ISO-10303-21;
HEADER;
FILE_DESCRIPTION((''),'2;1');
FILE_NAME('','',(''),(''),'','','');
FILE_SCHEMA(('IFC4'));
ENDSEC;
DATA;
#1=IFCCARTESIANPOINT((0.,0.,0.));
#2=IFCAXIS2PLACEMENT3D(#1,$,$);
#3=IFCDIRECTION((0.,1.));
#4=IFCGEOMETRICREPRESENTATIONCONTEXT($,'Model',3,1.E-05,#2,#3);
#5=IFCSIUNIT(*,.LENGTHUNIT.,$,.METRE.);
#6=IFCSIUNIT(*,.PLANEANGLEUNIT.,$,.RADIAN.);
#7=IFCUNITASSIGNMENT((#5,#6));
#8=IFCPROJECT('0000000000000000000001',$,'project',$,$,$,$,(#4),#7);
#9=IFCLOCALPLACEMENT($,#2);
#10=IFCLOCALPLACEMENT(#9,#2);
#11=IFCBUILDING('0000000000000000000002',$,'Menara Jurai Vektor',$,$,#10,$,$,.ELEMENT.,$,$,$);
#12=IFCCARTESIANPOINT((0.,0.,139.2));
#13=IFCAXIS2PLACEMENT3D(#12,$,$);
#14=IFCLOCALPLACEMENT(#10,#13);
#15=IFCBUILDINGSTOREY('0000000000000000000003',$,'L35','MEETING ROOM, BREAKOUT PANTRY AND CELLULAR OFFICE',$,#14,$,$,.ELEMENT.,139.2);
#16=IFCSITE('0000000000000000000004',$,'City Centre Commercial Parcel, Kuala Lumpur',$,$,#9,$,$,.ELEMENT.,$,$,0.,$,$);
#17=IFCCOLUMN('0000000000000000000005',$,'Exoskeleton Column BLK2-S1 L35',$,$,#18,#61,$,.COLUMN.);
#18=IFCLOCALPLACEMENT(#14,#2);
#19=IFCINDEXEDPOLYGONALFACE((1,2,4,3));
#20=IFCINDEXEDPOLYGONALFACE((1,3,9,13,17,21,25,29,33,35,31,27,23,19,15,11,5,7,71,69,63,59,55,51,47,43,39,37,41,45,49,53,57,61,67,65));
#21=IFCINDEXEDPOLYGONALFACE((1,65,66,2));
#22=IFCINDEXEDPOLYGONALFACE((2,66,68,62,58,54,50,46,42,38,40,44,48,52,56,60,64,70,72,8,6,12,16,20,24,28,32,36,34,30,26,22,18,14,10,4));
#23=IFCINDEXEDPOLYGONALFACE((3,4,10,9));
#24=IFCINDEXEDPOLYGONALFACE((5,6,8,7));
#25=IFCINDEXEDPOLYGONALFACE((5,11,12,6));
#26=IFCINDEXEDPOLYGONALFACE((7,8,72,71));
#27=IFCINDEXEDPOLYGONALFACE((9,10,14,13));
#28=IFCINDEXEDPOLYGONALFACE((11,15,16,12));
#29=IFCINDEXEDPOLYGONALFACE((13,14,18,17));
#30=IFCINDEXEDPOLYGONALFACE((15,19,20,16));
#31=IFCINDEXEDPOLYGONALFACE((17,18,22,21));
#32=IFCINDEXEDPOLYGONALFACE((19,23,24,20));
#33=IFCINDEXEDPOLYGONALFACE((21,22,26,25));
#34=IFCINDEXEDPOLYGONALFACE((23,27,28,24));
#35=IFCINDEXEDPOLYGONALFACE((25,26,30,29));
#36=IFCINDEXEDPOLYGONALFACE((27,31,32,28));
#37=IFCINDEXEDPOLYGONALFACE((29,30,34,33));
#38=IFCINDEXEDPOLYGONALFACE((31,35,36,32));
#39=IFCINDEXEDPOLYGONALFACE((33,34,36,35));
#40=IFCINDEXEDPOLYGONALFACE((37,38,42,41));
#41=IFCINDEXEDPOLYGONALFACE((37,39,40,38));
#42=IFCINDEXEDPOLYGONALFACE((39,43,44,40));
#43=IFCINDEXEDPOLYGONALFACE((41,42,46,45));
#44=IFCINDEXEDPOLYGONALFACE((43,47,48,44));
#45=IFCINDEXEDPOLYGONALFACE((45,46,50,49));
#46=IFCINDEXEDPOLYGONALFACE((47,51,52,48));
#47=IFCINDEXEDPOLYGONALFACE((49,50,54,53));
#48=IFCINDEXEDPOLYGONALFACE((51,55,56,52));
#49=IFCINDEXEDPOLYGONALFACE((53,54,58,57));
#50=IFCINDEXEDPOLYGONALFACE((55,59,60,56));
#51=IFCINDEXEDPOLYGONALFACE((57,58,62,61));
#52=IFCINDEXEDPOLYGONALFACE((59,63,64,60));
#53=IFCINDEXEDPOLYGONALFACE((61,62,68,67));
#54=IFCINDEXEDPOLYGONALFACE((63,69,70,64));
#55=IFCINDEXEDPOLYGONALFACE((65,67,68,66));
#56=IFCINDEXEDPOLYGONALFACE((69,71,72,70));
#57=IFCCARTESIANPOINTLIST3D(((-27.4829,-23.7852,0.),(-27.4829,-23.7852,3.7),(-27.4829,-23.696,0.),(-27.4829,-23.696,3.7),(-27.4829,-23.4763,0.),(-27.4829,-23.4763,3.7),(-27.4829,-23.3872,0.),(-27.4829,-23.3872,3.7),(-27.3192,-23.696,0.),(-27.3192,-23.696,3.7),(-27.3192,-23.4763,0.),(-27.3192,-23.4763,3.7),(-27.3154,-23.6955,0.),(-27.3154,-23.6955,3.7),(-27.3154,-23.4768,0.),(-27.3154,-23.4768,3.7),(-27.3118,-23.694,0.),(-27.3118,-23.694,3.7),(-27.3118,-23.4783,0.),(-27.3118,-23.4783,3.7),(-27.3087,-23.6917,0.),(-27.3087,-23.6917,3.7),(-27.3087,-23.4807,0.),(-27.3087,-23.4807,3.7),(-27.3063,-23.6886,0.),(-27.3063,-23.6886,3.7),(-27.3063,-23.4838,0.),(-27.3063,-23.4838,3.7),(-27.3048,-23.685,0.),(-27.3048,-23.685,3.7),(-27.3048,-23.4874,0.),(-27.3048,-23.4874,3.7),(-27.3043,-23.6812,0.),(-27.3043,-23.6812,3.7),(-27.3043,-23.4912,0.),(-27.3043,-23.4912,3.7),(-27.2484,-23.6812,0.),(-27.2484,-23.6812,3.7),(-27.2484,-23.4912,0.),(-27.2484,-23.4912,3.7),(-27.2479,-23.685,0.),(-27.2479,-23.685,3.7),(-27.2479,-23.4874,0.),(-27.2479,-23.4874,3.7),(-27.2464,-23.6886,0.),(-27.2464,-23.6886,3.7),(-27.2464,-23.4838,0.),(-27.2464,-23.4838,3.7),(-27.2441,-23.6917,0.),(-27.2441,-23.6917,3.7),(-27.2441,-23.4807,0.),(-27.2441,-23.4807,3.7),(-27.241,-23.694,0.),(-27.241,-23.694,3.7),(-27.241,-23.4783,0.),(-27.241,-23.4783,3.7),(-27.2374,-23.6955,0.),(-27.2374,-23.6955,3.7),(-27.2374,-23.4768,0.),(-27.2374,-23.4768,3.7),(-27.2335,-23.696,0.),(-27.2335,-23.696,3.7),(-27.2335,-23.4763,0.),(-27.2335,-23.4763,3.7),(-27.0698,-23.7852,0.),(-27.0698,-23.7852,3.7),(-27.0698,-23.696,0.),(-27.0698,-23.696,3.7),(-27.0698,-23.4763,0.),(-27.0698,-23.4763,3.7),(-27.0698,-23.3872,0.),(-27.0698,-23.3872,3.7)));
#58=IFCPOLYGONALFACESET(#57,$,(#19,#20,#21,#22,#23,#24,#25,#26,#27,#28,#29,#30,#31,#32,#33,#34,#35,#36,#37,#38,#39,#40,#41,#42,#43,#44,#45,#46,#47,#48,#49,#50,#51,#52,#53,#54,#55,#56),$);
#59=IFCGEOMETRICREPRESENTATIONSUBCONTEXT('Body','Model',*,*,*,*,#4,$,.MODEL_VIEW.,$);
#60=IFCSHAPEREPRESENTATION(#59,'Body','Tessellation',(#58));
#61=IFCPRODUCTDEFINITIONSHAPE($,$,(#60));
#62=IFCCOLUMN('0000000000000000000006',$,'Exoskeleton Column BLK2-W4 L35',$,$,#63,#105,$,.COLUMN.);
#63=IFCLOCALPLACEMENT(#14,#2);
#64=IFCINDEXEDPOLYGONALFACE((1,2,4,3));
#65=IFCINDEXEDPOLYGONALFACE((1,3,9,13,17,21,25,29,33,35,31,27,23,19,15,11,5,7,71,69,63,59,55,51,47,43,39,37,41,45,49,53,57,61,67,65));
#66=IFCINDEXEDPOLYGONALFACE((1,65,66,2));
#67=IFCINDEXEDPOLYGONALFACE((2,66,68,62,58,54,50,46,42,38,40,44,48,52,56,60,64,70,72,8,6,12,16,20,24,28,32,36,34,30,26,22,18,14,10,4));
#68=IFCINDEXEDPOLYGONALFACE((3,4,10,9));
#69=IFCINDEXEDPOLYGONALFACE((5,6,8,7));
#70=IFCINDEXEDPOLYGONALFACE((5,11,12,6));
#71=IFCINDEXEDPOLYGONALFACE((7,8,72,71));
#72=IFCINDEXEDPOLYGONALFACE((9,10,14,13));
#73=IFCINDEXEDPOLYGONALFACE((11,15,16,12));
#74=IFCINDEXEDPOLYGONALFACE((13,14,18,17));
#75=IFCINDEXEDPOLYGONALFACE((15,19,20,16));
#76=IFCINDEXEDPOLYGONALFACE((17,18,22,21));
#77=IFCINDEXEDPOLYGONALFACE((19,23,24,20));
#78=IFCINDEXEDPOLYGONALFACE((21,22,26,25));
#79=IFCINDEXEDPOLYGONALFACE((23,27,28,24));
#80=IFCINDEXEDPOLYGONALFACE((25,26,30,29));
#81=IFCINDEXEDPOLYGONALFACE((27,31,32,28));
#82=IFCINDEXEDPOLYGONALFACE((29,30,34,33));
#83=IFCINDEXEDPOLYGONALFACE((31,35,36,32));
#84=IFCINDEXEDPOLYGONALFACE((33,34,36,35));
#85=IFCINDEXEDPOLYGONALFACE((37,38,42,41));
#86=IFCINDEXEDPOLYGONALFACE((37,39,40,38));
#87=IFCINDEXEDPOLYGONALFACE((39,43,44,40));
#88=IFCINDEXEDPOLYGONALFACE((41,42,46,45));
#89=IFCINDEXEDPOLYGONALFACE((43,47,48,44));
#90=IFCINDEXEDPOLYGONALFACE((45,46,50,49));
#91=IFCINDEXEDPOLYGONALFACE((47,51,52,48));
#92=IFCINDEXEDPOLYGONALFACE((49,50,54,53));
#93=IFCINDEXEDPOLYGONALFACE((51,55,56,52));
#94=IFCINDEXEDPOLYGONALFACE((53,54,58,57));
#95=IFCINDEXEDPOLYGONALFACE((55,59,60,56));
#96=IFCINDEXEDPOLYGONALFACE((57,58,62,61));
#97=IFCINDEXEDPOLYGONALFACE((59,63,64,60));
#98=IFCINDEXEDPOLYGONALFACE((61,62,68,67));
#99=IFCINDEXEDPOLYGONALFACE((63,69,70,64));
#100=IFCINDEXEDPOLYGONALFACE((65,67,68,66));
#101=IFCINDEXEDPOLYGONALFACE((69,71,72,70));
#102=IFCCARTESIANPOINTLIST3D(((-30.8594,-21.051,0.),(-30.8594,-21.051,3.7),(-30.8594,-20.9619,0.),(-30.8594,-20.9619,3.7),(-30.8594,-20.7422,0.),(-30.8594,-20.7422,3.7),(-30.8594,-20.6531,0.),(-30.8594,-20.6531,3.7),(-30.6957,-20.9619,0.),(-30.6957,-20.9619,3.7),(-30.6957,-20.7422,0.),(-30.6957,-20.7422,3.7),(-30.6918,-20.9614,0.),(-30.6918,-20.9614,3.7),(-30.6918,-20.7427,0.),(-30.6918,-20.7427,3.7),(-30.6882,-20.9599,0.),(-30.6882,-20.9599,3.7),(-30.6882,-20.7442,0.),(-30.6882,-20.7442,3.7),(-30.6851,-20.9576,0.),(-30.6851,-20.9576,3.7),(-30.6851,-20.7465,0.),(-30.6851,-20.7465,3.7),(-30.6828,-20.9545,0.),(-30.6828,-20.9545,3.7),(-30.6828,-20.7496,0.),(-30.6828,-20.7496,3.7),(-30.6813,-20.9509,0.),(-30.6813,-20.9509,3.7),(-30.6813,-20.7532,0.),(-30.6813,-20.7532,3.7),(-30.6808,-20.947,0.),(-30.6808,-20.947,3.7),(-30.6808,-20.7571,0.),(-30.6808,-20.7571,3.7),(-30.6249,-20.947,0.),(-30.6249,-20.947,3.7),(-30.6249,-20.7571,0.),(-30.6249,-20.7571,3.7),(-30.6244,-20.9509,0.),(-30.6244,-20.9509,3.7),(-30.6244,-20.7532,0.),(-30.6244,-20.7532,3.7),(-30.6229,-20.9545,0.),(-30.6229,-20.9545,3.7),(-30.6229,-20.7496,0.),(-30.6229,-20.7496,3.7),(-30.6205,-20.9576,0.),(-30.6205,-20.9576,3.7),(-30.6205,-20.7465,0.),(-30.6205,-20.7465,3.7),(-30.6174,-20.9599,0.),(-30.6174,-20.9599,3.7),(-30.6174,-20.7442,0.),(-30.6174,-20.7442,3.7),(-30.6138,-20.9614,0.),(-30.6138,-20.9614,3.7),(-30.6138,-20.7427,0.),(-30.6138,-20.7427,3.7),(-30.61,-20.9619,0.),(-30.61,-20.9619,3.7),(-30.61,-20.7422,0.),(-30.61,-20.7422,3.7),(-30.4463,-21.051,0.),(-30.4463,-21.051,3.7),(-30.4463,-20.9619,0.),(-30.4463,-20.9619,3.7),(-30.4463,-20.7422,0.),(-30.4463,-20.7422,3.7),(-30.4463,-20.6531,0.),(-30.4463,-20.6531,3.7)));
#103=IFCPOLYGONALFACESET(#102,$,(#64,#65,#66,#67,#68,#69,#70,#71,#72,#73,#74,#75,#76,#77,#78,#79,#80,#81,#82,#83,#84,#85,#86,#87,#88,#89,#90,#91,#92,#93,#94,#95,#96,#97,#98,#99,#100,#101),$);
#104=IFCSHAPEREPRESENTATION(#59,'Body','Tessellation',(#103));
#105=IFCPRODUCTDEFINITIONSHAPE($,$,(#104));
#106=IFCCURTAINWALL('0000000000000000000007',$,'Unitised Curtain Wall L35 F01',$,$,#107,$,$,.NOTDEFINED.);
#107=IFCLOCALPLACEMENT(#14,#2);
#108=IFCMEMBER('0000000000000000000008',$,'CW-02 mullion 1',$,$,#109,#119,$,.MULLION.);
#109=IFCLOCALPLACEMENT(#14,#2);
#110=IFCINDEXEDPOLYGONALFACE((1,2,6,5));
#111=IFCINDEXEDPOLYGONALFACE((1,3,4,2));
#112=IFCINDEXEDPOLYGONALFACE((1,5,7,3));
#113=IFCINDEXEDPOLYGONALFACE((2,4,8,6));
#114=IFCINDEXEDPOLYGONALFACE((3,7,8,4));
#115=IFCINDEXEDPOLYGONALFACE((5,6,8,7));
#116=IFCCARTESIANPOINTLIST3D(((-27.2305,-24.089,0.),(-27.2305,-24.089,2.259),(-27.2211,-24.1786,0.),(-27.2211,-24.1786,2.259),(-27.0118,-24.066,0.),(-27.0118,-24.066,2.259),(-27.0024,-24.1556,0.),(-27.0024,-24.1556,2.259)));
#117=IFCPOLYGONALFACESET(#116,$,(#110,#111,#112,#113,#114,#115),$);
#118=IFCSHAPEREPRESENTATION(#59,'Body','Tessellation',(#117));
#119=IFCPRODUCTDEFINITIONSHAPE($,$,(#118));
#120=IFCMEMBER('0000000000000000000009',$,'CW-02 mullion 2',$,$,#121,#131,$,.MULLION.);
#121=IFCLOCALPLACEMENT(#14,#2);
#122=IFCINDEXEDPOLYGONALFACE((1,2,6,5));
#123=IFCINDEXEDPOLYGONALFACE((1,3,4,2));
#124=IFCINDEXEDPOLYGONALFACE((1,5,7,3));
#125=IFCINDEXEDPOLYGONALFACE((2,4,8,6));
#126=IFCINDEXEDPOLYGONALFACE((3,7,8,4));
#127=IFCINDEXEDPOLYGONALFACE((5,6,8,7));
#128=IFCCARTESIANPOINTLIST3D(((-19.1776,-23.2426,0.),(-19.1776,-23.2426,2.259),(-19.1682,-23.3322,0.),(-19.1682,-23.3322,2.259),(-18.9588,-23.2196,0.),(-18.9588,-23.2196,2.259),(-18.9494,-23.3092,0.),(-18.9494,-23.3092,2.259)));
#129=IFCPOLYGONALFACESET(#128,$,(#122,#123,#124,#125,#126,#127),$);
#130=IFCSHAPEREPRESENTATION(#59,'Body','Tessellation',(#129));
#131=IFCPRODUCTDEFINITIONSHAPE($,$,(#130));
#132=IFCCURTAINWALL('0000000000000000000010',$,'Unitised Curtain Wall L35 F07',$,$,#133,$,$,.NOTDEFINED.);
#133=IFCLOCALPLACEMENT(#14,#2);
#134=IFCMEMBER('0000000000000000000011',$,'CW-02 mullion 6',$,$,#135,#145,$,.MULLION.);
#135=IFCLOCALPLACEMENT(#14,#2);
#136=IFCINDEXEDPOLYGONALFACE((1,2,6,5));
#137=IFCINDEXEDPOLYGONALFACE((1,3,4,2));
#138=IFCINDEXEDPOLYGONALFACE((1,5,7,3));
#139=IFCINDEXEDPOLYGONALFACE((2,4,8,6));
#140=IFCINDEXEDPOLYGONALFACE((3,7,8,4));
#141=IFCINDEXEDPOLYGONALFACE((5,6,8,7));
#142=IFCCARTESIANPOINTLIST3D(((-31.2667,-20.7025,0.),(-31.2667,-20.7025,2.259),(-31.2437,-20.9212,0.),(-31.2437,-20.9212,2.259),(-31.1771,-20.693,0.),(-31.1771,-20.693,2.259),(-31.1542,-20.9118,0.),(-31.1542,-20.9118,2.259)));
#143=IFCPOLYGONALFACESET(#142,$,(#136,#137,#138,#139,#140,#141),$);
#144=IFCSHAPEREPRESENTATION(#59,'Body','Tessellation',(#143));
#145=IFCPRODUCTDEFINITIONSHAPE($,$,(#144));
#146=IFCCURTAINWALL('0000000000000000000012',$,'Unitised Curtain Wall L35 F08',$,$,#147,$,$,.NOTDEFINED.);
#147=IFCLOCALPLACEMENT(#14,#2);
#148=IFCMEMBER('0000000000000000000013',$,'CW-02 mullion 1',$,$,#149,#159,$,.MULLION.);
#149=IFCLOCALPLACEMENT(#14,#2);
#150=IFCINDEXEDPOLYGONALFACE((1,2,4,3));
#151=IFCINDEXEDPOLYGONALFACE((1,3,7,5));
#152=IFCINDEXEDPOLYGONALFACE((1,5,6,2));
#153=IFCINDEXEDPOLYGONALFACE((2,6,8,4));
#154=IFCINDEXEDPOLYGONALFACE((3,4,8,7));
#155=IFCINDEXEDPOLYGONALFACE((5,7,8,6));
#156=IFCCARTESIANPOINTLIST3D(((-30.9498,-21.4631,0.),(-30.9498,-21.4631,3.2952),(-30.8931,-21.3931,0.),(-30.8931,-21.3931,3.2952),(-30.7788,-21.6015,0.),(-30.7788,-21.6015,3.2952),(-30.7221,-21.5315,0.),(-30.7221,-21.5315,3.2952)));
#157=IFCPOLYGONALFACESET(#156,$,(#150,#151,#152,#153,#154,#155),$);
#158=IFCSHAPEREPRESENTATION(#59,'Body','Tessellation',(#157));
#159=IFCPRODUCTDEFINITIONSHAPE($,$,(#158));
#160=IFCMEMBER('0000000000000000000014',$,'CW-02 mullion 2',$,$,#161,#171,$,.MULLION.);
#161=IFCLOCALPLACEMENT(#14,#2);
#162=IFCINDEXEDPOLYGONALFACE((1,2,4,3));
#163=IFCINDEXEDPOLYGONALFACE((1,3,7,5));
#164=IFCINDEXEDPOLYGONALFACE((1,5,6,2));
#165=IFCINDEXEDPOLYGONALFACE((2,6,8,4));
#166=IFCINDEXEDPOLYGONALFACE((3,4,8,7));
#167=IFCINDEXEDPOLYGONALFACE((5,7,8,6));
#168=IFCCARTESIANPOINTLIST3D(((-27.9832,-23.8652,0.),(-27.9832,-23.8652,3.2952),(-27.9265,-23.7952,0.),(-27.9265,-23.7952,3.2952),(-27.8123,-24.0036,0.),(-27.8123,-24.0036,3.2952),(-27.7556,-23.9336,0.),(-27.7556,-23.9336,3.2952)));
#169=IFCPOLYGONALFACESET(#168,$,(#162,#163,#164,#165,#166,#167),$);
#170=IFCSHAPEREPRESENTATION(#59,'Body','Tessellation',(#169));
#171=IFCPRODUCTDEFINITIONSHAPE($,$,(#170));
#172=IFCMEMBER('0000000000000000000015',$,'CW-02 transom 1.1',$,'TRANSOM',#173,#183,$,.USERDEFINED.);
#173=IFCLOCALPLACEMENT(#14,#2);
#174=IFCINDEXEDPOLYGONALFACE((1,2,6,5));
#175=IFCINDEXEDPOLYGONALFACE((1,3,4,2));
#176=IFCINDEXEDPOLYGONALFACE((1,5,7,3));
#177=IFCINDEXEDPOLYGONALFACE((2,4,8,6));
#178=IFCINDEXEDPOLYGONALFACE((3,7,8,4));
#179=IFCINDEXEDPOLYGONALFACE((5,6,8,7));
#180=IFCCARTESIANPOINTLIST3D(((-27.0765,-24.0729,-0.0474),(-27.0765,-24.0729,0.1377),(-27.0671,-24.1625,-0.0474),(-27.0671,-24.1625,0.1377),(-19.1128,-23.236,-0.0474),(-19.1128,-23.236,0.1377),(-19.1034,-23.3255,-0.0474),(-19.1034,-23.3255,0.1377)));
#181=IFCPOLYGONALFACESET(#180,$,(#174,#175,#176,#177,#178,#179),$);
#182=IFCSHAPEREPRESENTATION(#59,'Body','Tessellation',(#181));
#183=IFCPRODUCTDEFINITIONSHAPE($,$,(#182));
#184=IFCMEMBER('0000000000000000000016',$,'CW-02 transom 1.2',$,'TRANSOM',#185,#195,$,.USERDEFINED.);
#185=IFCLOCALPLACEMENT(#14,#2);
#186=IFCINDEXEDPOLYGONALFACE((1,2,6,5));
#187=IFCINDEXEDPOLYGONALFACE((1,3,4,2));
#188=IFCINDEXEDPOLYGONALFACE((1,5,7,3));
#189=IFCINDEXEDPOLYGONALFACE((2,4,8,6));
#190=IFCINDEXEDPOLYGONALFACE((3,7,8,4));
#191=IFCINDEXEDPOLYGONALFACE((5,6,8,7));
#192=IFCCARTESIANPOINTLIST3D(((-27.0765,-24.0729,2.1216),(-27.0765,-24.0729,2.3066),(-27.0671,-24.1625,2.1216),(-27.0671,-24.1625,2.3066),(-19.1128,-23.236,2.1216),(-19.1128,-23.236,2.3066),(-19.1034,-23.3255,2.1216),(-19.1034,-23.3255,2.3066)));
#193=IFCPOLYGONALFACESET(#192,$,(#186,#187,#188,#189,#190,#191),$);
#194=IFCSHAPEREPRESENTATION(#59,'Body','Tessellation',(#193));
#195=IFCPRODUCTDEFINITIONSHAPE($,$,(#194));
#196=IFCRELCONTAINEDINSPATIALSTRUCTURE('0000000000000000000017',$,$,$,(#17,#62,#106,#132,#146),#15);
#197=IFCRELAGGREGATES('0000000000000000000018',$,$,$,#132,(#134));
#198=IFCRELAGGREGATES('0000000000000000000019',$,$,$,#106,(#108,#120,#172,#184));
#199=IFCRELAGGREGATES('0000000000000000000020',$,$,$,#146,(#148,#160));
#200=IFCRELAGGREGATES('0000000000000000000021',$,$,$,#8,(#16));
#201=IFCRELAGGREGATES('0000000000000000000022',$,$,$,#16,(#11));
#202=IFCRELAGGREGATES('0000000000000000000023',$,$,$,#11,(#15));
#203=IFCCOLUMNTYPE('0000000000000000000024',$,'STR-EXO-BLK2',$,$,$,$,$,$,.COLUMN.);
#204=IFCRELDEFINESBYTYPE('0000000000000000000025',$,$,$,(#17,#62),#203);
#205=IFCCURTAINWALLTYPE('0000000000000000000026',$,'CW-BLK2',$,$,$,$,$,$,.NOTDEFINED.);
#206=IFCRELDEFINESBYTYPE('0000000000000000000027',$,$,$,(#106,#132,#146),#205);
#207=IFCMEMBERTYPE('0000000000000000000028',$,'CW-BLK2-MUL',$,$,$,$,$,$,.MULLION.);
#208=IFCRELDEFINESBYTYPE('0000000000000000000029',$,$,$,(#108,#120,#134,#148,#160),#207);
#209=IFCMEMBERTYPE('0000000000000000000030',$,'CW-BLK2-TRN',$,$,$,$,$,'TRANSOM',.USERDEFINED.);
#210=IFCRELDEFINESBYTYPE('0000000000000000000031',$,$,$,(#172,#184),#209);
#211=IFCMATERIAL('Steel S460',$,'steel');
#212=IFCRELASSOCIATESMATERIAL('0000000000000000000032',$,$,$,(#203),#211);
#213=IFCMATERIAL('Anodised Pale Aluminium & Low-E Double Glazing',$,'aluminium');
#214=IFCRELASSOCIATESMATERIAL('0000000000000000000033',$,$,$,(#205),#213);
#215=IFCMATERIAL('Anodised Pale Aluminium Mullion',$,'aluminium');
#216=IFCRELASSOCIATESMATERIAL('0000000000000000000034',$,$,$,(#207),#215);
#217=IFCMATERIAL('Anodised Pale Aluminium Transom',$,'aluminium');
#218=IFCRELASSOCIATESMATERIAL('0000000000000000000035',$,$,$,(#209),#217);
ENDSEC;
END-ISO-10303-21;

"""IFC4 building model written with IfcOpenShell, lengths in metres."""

from ifc_helpers import new_model, si_unit, direction, frame, origin, origin_2d, place, context, subcontext, project, spatial, rectangle, i_section, extrude, material, material_profile, profile_set, type_object, element, aggregate, save


model = new_model("IFC4")

# Units and contexts
model_context = context("Model", 3, precision=1e-05, world=origin(), true_north=direction((0.0, 1.0)))
body_context = subcontext(model_context, "Body", "Model", "MODEL_VIEW")
ifc_project = project(units=[si_unit("LENGTHUNIT", "METRE"), si_unit("PLANEANGLEUNIT", "RADIAN")], contexts=[model_context])

# Site, building, storey
site_placement = place(None, origin())
site = spatial("IfcSite", under=ifc_project, at=site_placement, Name="City Centre Commercial Parcel, Kuala Lumpur", CompositionType="ELEMENT", RefElevation=0.0)
building_placement = place(site_placement, origin())
building = spatial("IfcBuilding", under=site, at=building_placement, Name="Menara Jurai Vektor", CompositionType="ELEMENT")
storey_placement = place(building_placement, frame((0.0, 0.0, 139.2)))
storey = spatial("IfcBuildingStorey", under=building, at=storey_placement, Name="L35", Description="MEETING ROOM, BREAKOUT PANTRY AND CELLULAR OFFICE", CompositionType="ELEMENT", Elevation=139.2)

# Columns
ifc_material_1 = material(Name="Steel S460", Category="steel")
ifc_material_profile_1 = material_profile(ifc_material_1, i_section(OverallWidth=0.4131, OverallDepth=0.3979, WebThickness=0.0559, FlangeThickness=0.0891, FilletRadius=0.0149, at=origin_2d()), Name="HD 400x744")
ifc_profile_set_1 = profile_set([ifc_material_profile_1], Name="Steel S460")
column_type = type_object("IfcColumnType", Name="STR-EXO-BLK2", PredefinedType="COLUMN", material=ifc_profile_set_1)
for number, where, z_axis, x_axis, name in (
    (1, (-27.2764, -23.5862, 0.0), (0.0, 0.0, 1.0), (1.0, 0.0, 0.0), "Exoskeleton Column BLK2-S1 L35"),
    (2, (-30.6528, -20.8521, 0.0), (0.0, 0.0, 1.0), (1.0, 0.0, 0.0), "Exoskeleton Column BLK2-W4 L35"),
):
    element("IfcColumn", number, at=place(storey_placement, frame(where, z_axis=z_axis, x_axis=x_axis)), inside=storey, type_object=column_type, Name=name, PredefinedType="COLUMN", context=body_context, shape_type="SweptSolid", body=[
        extrude(i_section(OverallWidth=0.4131, OverallDepth=0.3979, WebThickness=0.0559, FlangeThickness=0.0891, FilletRadius=0.0149, at=origin_2d()), origin(), (0.0, 0.0, 1.0), 3.7),
    ])

# Curtain wall, members
ifc_material_2 = material(Name="Anodised Pale Aluminium & Low-E Double Glazing", Category="aluminium")
curtain_wall_type = type_object("IfcCurtainWallType", Name="CW-BLK2", PredefinedType="NOTDEFINED", material=ifc_material_2)
curtain_wall_1_placement = place(storey_placement, origin())
curtain_wall_1 = element("IfcCurtainWall", 3, at=curtain_wall_1_placement, inside=storey, type_object=curtain_wall_type, Name="Unitised Curtain Wall L35 F01", PredefinedType="NOTDEFINED")
ifc_material_3 = material(Name="Anodised Pale Aluminium Mullion", Category="aluminium")
ifc_material_profile_2 = material_profile(ifc_material_3, rectangle(XDim=0.0901, YDim=0.22, at=origin_2d()), Name="ALU MUL 90x220")
ifc_profile_set_2 = profile_set([ifc_material_profile_2], Name="Anodised Pale Aluminium Mullion")
member_type_1 = type_object("IfcMemberType", Name="CW-BLK2-MUL", PredefinedType="MULLION", material=ifc_profile_set_2)
member_1_placement = place(storey_placement, frame((-27.1165, -24.1223, 0.0), z_axis=(0.0, 0.0, 1.0), x_axis=(-0.104529, 0.994522, 0.0)))
member_1 = element("IfcMember", 4, at=member_1_placement, type_object=member_type_1, Name="CW-02 mullion 1", PredefinedType="MULLION", context=body_context, shape_type="SweptSolid", body=[
    extrude(rectangle(XDim=0.0901, YDim=0.22, at=origin_2d()), origin(), (0.0, 0.0, 1.0), 2.259),
])
member_2_placement = place(storey_placement, frame((-19.0635, -23.2759, 0.0), z_axis=(0.0, 0.0, 1.0), x_axis=(-0.104529, 0.994522, 0.0)))
member_2 = element("IfcMember", 5, at=member_2_placement, type_object=member_type_1, Name="CW-02 mullion 2", PredefinedType="MULLION", context=body_context, shape_type="SweptSolid", body=[
    extrude(rectangle(XDim=0.0901, YDim=0.22, at=origin_2d()), origin(), (0.0, 0.0, 1.0), 2.259),
])

# Curtain wall, member
curtain_wall_2_placement = place(storey_placement, origin())
curtain_wall_2 = element("IfcCurtainWall", 6, at=curtain_wall_2_placement, inside=storey, type_object=curtain_wall_type, Name="Unitised Curtain Wall L35 F07", PredefinedType="NOTDEFINED")
member_3_placement = place(storey_placement, frame((-31.2104, -20.8071, 0.0), z_axis=(0.0, 0.0, 1.0), x_axis=(0.994522, 0.10453, 0.0)))
member_3 = element("IfcMember", 7, at=member_3_placement, type_object=member_type_1, Name="CW-02 mullion 6", PredefinedType="MULLION", context=body_context, shape_type="SweptSolid", body=[
    extrude(rectangle(XDim=0.0901, YDim=0.22, at=origin_2d()), origin(), (0.0, 0.0, 1.0), 2.259),
])
aggregate(curtain_wall_2, [member_3])

# Curtain wall, members
curtain_wall_3_placement = place(storey_placement, origin())
curtain_wall_3 = element("IfcCurtainWall", 8, at=curtain_wall_3_placement, inside=storey, type_object=curtain_wall_type, Name="Unitised Curtain Wall L35 F08", PredefinedType="NOTDEFINED")
member_4_placement = place(storey_placement, frame((-30.8359, -21.4973, 0.0), z_axis=(0.0, 0.0, 1.0), x_axis=(0.629313, 0.777152, 0.0)))
member_4 = element("IfcMember", 9, at=member_4_placement, type_object=member_type_1, Name="CW-02 mullion 1", PredefinedType="MULLION", context=body_context, shape_type="SweptSolid", body=[
    extrude(rectangle(XDim=0.0901, YDim=0.22, at=origin_2d()), origin(), (0.0, 0.0, 1.0), 3.2952),
])
member_5_placement = place(storey_placement, frame((-27.8694, -23.8994, 0.0), z_axis=(0.0, 0.0, 1.0), x_axis=(0.629313, 0.777152, 0.0)))
member_5 = element("IfcMember", 10, at=member_5_placement, type_object=member_type_1, Name="CW-02 mullion 2", PredefinedType="MULLION", context=body_context, shape_type="SweptSolid", body=[
    extrude(rectangle(XDim=0.0901, YDim=0.22, at=origin_2d()), origin(), (0.0, 0.0, 1.0), 3.2952),
])

# Members
ifc_material_4 = material(Name="Anodised Pale Aluminium Transom", Category="aluminium")
ifc_material_profile_3 = material_profile(ifc_material_4, rectangle(XDim=0.0901, YDim=0.1851, at=origin_2d()), Name="ALU TRN 90x185")
ifc_profile_set_3 = profile_set([ifc_material_profile_3], Name="Anodised Pale Aluminium Transom")
member_type_2 = type_object("IfcMemberType", Name="CW-BLK2-TRN", ElementType="TRANSOM", PredefinedType="USERDEFINED", material=ifc_profile_set_3)
member_6_placement = place(storey_placement, frame((-27.0718, -24.1177, 0.0452), z_axis=(0.994523, 0.104517, 0.0), x_axis=(-0.104517, 0.994523, 0.0)))
member_6 = element("IfcMember", 11, at=member_6_placement, type_object=member_type_2, Name="CW-02 transom 1.1", ObjectType="TRANSOM", PredefinedType="USERDEFINED", context=body_context, shape_type="SweptSolid", body=[
    extrude(rectangle(XDim=0.0901, YDim=0.1851, at=origin_2d()), origin(), (0.0, 0.0, 1.0), 8.0076),
])
member_7_placement = place(storey_placement, frame((-27.0718, -24.1177, 2.2141), z_axis=(0.994523, 0.104517, 0.0), x_axis=(-0.104517, 0.994523, 0.0)))
member_7 = element("IfcMember", 12, at=member_7_placement, type_object=member_type_2, Name="CW-02 transom 1.2", ObjectType="TRANSOM", PredefinedType="USERDEFINED", context=body_context, shape_type="SweptSolid", body=[
    extrude(rectangle(XDim=0.0901, YDim=0.1851, at=origin_2d()), origin(), (0.0, 0.0, 1.0), 8.0076),
])

aggregate(curtain_wall_1, [member_1, member_2, member_6, member_7])
aggregate(curtain_wall_3, [member_4, member_5])

save(model, "model.ifc")
